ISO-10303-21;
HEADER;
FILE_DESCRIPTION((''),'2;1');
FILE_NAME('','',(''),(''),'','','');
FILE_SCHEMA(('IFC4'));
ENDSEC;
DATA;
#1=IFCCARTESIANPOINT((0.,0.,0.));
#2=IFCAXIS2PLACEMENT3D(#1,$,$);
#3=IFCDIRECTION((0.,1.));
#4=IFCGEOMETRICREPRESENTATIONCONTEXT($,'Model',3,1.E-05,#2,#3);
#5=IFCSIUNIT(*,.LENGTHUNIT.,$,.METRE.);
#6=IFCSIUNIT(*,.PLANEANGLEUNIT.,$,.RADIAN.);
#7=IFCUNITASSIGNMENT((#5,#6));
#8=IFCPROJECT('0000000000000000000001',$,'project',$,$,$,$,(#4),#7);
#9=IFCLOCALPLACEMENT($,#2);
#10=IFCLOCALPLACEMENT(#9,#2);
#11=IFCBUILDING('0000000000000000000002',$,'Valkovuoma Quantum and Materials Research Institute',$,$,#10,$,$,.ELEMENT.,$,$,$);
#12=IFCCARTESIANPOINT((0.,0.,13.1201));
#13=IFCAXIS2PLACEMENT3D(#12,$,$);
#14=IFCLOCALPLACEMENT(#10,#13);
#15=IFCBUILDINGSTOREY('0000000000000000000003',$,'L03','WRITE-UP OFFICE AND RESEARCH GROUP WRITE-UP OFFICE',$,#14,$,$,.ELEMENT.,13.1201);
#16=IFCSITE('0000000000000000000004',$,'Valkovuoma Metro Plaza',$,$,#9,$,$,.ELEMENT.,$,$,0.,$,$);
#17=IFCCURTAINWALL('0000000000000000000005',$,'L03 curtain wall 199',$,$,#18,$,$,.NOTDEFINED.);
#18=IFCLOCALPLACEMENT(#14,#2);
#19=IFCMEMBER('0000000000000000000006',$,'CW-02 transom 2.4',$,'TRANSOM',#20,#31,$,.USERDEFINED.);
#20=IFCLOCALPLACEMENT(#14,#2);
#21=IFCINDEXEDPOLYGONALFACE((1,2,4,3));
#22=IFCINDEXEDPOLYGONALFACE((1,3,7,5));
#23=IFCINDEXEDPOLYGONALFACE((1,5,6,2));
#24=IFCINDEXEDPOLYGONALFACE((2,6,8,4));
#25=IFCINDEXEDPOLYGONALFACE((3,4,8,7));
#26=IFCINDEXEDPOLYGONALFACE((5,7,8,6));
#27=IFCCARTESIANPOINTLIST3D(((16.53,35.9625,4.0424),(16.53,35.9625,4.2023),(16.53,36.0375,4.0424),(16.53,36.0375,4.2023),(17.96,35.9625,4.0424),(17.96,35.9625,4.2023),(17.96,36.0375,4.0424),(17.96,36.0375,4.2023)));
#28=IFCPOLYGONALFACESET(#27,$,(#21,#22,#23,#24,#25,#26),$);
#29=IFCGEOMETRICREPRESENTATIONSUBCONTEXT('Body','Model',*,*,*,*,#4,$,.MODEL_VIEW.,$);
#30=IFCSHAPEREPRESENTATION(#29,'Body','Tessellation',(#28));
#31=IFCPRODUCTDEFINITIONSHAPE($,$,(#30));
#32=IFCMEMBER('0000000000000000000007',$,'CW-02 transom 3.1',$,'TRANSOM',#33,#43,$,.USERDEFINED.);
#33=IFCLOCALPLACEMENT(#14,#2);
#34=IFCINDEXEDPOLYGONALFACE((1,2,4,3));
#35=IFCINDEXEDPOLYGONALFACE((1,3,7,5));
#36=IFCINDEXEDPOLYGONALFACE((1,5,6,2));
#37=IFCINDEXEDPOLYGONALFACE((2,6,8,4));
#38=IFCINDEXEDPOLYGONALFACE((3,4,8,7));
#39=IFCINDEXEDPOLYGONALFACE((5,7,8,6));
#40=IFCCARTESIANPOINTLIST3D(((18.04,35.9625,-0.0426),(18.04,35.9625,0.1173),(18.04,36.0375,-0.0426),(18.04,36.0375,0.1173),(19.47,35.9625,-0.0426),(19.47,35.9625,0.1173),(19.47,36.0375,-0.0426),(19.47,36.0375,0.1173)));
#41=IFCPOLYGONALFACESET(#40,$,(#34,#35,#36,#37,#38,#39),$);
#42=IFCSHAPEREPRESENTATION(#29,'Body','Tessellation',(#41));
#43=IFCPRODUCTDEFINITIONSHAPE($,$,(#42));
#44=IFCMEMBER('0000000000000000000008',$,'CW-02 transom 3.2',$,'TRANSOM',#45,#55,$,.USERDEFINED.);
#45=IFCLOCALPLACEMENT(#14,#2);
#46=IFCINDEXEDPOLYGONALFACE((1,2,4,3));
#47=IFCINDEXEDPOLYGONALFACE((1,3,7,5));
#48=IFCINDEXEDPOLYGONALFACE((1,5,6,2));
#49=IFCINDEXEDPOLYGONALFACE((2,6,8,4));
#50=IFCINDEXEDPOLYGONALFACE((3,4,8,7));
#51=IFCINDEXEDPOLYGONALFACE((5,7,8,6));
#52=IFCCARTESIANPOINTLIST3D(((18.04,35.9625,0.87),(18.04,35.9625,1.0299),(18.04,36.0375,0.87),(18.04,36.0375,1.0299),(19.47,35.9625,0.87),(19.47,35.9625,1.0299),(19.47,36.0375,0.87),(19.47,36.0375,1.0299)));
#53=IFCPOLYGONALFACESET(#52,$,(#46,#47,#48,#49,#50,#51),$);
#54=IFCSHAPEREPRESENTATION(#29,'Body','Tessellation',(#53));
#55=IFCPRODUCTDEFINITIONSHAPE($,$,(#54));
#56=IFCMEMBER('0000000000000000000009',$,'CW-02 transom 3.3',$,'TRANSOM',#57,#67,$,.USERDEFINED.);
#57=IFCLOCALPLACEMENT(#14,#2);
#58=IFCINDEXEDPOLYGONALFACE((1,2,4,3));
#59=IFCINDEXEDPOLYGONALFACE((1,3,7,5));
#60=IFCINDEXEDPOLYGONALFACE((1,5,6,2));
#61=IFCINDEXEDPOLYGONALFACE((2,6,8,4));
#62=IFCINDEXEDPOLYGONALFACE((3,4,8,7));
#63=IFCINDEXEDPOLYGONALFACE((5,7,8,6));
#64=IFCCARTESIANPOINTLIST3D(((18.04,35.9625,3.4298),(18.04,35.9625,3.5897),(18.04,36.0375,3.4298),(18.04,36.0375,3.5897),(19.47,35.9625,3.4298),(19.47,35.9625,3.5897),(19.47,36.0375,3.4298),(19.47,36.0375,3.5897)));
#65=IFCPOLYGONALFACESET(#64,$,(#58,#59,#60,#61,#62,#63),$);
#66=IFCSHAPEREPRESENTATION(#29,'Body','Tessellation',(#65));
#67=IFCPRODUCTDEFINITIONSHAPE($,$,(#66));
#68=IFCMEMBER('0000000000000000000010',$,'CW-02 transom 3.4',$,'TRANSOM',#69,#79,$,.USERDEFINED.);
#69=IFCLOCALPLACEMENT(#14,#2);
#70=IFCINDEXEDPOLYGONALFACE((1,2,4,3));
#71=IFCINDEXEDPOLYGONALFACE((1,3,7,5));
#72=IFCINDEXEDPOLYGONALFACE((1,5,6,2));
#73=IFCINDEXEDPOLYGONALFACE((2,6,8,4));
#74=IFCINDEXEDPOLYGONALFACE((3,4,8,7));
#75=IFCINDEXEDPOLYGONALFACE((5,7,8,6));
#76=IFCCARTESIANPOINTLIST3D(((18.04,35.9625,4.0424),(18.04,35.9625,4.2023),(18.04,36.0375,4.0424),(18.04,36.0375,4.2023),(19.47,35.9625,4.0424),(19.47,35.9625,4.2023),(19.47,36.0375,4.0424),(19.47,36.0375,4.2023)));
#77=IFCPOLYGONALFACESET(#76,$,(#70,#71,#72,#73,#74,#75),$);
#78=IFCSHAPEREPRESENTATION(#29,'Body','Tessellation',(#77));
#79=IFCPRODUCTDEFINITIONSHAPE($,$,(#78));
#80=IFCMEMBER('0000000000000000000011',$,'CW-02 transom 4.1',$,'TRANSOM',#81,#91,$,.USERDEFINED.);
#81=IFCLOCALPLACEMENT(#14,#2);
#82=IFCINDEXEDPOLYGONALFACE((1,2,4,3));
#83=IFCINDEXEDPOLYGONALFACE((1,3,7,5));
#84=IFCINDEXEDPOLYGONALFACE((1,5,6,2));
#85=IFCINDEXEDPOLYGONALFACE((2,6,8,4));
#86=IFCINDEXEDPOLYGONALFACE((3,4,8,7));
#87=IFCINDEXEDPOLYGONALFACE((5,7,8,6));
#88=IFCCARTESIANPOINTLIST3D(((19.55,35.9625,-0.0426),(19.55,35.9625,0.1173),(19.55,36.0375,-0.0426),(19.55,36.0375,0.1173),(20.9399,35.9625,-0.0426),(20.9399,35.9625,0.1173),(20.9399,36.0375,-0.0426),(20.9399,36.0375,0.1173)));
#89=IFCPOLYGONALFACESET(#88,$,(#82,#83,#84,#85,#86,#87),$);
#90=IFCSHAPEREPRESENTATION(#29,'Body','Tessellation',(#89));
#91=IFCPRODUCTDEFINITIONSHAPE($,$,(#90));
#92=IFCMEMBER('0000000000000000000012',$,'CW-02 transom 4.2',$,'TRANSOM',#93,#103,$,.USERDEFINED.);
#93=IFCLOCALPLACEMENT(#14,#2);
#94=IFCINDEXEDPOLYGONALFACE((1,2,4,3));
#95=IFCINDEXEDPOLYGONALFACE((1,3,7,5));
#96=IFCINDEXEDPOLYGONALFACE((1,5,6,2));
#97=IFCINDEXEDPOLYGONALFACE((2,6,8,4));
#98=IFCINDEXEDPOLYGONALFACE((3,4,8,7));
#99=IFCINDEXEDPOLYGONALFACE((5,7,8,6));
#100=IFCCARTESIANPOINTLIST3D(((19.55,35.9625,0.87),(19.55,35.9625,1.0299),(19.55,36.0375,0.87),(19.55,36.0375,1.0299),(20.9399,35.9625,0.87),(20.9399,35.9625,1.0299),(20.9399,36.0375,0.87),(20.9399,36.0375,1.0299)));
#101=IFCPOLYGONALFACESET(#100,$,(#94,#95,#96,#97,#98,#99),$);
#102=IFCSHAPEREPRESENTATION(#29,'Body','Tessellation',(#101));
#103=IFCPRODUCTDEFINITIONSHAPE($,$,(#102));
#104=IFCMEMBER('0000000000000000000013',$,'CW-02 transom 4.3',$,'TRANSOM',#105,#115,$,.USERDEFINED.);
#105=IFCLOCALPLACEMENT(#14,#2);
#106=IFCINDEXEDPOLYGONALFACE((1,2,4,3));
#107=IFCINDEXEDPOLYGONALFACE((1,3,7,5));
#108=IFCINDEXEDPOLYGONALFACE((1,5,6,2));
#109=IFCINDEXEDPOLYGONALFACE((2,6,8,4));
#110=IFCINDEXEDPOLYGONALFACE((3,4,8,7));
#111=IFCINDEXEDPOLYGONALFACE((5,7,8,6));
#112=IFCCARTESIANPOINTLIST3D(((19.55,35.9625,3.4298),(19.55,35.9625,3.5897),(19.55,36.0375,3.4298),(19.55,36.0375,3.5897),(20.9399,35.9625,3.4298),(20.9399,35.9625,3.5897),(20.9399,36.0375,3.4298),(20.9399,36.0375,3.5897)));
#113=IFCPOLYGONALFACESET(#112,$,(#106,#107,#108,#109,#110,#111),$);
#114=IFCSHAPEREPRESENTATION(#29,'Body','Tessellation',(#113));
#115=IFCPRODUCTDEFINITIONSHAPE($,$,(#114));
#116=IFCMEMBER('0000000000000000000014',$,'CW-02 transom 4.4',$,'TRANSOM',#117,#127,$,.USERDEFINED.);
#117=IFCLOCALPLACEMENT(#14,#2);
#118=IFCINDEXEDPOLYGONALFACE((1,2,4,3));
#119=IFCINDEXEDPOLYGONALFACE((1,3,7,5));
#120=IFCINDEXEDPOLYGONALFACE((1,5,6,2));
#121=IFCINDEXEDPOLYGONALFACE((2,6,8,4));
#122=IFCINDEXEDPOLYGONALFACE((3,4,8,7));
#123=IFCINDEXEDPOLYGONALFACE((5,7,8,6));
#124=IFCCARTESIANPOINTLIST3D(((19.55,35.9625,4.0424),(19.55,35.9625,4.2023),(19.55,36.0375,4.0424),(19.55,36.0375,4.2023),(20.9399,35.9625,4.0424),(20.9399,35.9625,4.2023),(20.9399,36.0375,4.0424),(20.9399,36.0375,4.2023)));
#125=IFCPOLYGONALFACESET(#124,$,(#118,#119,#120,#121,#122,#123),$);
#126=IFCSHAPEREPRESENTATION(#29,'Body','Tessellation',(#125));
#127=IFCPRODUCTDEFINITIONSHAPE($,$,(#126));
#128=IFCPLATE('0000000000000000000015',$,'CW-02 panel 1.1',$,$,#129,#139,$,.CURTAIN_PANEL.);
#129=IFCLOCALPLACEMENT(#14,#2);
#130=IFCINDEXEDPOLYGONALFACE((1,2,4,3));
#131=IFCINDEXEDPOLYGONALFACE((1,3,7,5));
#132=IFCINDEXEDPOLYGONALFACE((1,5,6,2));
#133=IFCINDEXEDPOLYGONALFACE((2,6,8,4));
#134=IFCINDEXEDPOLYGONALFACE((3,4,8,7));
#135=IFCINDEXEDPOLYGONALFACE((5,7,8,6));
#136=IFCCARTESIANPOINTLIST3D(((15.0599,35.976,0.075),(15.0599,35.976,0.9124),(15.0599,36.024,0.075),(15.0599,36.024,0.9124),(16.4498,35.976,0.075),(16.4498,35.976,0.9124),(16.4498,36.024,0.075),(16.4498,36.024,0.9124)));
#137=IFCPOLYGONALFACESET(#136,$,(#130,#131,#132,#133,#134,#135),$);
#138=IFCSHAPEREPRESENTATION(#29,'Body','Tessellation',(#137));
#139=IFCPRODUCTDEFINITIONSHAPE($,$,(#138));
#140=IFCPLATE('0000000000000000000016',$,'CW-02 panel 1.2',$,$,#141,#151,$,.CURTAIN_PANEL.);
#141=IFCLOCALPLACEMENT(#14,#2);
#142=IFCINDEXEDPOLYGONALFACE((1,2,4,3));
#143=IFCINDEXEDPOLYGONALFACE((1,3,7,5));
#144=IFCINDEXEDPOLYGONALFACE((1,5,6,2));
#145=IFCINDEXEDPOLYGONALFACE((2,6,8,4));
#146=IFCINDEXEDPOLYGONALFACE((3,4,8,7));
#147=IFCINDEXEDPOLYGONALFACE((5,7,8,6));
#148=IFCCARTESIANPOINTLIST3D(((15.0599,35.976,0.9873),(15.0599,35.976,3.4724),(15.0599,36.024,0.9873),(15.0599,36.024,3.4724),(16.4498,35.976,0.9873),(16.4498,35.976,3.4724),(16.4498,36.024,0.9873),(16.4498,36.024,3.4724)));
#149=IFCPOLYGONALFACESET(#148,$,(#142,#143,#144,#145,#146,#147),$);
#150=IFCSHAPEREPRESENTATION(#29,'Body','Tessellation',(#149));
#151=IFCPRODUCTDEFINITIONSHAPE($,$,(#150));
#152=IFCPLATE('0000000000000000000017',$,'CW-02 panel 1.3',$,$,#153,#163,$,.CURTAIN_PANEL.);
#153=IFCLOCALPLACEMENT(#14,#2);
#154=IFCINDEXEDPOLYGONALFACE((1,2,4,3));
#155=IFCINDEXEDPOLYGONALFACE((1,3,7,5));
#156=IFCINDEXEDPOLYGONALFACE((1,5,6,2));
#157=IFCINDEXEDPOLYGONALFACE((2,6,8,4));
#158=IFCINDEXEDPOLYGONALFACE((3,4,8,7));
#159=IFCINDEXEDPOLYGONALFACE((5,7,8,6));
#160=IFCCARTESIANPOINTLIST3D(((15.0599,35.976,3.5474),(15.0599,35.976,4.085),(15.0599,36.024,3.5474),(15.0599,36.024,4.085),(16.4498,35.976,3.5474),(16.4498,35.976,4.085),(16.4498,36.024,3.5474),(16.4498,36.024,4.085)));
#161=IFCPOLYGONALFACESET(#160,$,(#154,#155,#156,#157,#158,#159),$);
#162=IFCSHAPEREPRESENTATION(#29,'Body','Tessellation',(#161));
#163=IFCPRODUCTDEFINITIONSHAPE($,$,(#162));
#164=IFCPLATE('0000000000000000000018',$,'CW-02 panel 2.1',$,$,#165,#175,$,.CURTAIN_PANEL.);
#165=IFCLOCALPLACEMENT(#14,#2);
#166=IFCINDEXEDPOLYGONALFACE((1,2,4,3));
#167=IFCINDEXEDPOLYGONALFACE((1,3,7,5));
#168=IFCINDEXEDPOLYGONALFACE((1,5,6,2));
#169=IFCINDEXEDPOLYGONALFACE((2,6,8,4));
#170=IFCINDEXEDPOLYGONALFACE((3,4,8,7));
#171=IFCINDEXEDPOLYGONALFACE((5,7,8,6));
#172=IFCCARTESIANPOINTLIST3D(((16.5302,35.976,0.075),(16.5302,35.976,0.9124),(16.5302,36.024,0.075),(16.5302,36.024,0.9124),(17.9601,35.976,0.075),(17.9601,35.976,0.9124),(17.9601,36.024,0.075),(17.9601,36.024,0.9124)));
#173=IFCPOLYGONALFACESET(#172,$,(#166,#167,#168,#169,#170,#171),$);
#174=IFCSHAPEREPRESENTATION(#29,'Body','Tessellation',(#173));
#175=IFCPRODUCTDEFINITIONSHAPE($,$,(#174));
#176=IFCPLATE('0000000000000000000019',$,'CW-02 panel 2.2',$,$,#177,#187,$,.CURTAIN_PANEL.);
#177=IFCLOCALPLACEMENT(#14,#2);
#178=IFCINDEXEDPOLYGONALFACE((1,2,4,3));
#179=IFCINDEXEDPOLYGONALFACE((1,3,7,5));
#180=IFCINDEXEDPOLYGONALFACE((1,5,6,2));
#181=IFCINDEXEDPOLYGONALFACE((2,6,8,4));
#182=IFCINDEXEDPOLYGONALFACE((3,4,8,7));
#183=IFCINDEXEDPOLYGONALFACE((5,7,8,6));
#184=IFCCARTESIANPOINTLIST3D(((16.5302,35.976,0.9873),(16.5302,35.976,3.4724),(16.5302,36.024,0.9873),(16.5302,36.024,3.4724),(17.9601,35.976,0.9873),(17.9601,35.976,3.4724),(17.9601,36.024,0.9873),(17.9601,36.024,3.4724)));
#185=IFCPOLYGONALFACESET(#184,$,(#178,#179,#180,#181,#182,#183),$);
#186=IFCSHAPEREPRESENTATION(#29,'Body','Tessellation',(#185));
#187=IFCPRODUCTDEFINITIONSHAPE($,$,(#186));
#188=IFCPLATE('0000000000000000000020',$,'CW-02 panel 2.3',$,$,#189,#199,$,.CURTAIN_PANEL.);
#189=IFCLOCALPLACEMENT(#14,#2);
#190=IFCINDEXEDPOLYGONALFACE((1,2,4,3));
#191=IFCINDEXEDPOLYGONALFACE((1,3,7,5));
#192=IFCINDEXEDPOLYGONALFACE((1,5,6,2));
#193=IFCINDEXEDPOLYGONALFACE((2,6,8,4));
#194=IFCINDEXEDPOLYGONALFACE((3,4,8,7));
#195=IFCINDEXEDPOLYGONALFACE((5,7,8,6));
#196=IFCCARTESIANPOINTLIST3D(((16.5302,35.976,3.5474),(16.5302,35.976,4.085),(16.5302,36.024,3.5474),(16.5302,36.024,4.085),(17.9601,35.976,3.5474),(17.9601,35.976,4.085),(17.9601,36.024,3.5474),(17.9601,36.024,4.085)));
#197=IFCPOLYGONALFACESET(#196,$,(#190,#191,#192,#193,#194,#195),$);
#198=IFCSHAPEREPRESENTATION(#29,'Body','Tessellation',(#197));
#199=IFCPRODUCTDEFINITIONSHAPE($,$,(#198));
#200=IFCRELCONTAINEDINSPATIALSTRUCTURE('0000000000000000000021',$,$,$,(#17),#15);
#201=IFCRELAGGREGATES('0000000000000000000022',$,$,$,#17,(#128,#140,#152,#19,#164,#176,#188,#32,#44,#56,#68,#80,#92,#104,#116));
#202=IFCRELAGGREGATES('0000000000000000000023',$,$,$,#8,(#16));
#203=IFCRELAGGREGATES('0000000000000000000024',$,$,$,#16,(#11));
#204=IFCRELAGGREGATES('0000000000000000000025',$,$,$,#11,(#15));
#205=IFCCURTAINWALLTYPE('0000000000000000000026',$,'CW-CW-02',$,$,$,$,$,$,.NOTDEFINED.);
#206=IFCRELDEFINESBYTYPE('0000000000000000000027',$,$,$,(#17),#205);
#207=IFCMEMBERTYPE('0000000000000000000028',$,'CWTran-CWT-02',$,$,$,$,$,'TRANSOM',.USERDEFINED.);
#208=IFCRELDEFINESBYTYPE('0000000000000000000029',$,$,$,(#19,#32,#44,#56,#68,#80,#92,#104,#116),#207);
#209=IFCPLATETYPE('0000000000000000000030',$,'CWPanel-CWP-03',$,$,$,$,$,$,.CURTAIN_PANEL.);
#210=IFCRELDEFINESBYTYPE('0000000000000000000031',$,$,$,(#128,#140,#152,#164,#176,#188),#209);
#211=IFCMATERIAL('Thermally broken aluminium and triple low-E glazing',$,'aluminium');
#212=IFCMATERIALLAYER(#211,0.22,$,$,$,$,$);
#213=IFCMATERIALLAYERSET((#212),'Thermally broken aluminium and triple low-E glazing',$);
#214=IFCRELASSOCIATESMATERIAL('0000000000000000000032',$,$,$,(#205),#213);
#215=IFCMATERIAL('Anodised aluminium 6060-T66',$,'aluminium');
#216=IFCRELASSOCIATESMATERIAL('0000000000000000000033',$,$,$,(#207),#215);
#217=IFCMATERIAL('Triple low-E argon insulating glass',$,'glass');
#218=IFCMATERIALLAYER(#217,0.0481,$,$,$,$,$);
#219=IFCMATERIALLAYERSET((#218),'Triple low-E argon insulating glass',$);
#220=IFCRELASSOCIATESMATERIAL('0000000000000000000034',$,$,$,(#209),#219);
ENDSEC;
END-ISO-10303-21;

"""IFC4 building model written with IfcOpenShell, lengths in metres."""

from ifc_helpers import new_model, si_unit, direction, frame, origin, origin_2d, place, context, subcontext, project, spatial, rectangle, extrude, material, layer, layer_set, material_profile, profile_set, type_object, element, aggregate, save


model = new_model("IFC4")

# Units and contexts
model_context = context("Model", 3, precision=1e-05, world=origin(), true_north=direction((0.0, 1.0)))
body_context = subcontext(model_context, "Body", "Model", "MODEL_VIEW")
ifc_project = project(units=[si_unit("LENGTHUNIT", "METRE"), si_unit("PLANEANGLEUNIT", "RADIAN")], contexts=[model_context])

# Site, building, storey
site_placement = place(None, origin())
site = spatial("IfcSite", under=ifc_project, at=site_placement, Name="Valkovuoma Metro Plaza", CompositionType="ELEMENT", RefElevation=0.0)
building_placement = place(site_placement, origin())
building = spatial("IfcBuilding", under=site, at=building_placement, Name="Valkovuoma Quantum and Materials Research Institute", CompositionType="ELEMENT")
storey_placement = place(building_placement, frame((0.0, 0.0, 13.1201)))
storey = spatial("IfcBuildingStorey", under=building, at=storey_placement, Name="L03", Description="WRITE-UP OFFICE AND RESEARCH GROUP WRITE-UP OFFICE", CompositionType="ELEMENT", Elevation=13.1201)

# Curtain wall, members, plates
ifc_material_1 = material(Name="Thermally broken aluminium and triple low-E glazing", Category="aluminium")
ifc_layer_1 = layer(ifc_material_1, 0.22)
ifc_layer_set_1 = layer_set([ifc_layer_1], Name="Thermally broken aluminium and triple low-E glazing")
curtain_wall_type = type_object("IfcCurtainWallType", Name="CW-CW-02", PredefinedType="NOTDEFINED", material=ifc_layer_set_1)
curtain_wall_placement = place(storey_placement, origin())
curtain_wall = element("IfcCurtainWall", 1, at=curtain_wall_placement, inside=storey, type_object=curtain_wall_type, Name="L03 curtain wall 199", PredefinedType="NOTDEFINED")
ifc_material_2 = material(Name="Anodised aluminium 6060-T66", Category="aluminium")
ifc_material_profile_1 = material_profile(ifc_material_2, rectangle(XDim=0.075, YDim=0.1599, at=origin_2d()), Name="Anodised aluminium 6060-T66")
ifc_profile_set_1 = profile_set([ifc_material_profile_1], Name="Anodised aluminium 6060-T66")
member_type_1 = type_object("IfcMemberType", Name="CWTran-CWT-02", ElementType="TRANSOM", PredefinedType="USERDEFINED", material=ifc_profile_set_1)
member_1_placement = place(storey_placement, frame((16.53, 36.0, 4.1223), z_axis=(1.0, 0.0, 0.0), x_axis=(0.0, 1.0, 0.0)))
member_1 = element("IfcMember", 2, at=member_1_placement, type_object=member_type_1, Name="CW-02 transom 2.4", ObjectType="TRANSOM", PredefinedType="USERDEFINED", context=body_context, shape_type="SweptSolid", body=[
    extrude(rectangle(XDim=0.075, YDim=0.1599, at=origin_2d()), origin(), (0.0, 0.0, 1.0), 1.4299),
])
member_2_placement = place(storey_placement, frame((18.04, 36.0, 0.0374), z_axis=(1.0, 0.0, 0.0), x_axis=(0.0, 1.0, 0.0)))
member_2 = element("IfcMember", 3, at=member_2_placement, type_object=member_type_1, Name="CW-02 transom 3.1", ObjectType="TRANSOM", PredefinedType="USERDEFINED", context=body_context, shape_type="SweptSolid", body=[
    extrude(rectangle(XDim=0.075, YDim=0.1599, at=origin_2d()), origin(), (0.0, 0.0, 1.0), 1.4299),
])
member_3_placement = place(storey_placement, frame((18.04, 36.0, 0.95), z_axis=(1.0, 0.0, 0.0), x_axis=(0.0, 1.0, 0.0)))
member_3 = element("IfcMember", 4, at=member_3_placement, type_object=member_type_1, Name="CW-02 transom 3.2", ObjectType="TRANSOM", PredefinedType="USERDEFINED", context=body_context, shape_type="SweptSolid", body=[
    extrude(rectangle(XDim=0.075, YDim=0.1599, at=origin_2d()), origin(), (0.0, 0.0, 1.0), 1.4299),
])
member_4_placement = place(storey_placement, frame((18.04, 36.0, 3.5098), z_axis=(1.0, 0.0, 0.0), x_axis=(0.0, 1.0, 0.0)))
member_4 = element("IfcMember", 5, at=member_4_placement, type_object=member_type_1, Name="CW-02 transom 3.3", ObjectType="TRANSOM", PredefinedType="USERDEFINED", context=body_context, shape_type="SweptSolid", body=[
    extrude(rectangle(XDim=0.075, YDim=0.1599, at=origin_2d()), origin(), (0.0, 0.0, 1.0), 1.4299),
])
member_5_placement = place(storey_placement, frame((18.04, 36.0, 4.1223), z_axis=(1.0, 0.0, 0.0), x_axis=(0.0, 1.0, 0.0)))
member_5 = element("IfcMember", 6, at=member_5_placement, type_object=member_type_1, Name="CW-02 transom 3.4", ObjectType="TRANSOM", PredefinedType="USERDEFINED", context=body_context, shape_type="SweptSolid", body=[
    extrude(rectangle(XDim=0.075, YDim=0.1599, at=origin_2d()), origin(), (0.0, 0.0, 1.0), 1.4299),
])
member_6_placement = place(storey_placement, frame((19.55, 36.0, 0.0374), z_axis=(1.0, 0.0, 0.0), x_axis=(0.0, 1.0, 0.0)))
member_6 = element("IfcMember", 7, at=member_6_placement, type_object=member_type_1, Name="CW-02 transom 4.1", ObjectType="TRANSOM", PredefinedType="USERDEFINED", context=body_context, shape_type="SweptSolid", body=[
    extrude(rectangle(XDim=0.075, YDim=0.1599, at=origin_2d()), origin(), (0.0, 0.0, 1.0), 1.3899),
])
member_7_placement = place(storey_placement, frame((19.55, 36.0, 0.95), z_axis=(1.0, 0.0, 0.0), x_axis=(0.0, 1.0, 0.0)))
member_7 = element("IfcMember", 8, at=member_7_placement, type_object=member_type_1, Name="CW-02 transom 4.2", ObjectType="TRANSOM", PredefinedType="USERDEFINED", context=body_context, shape_type="SweptSolid", body=[
    extrude(rectangle(XDim=0.075, YDim=0.1599, at=origin_2d()), origin(), (0.0, 0.0, 1.0), 1.3899),
])
member_8_placement = place(storey_placement, frame((19.55, 36.0, 3.5098), z_axis=(1.0, 0.0, 0.0), x_axis=(0.0, 1.0, 0.0)))
member_8 = element("IfcMember", 9, at=member_8_placement, type_object=member_type_1, Name="CW-02 transom 4.3", ObjectType="TRANSOM", PredefinedType="USERDEFINED", context=body_context, shape_type="SweptSolid", body=[
    extrude(rectangle(XDim=0.075, YDim=0.1599, at=origin_2d()), origin(), (0.0, 0.0, 1.0), 1.3899),
])
member_9_placement = place(storey_placement, frame((19.55, 36.0, 4.1223), z_axis=(1.0, 0.0, 0.0), x_axis=(0.0, 1.0, 0.0)))
member_9 = element("IfcMember", 10, at=member_9_placement, type_object=member_type_1, Name="CW-02 transom 4.4", ObjectType="TRANSOM", PredefinedType="USERDEFINED", context=body_context, shape_type="SweptSolid", body=[
    extrude(rectangle(XDim=0.075, YDim=0.1599, at=origin_2d()), origin(), (0.0, 0.0, 1.0), 1.3899),
])
ifc_material_3 = material(Name="Triple low-E argon insulating glass", Category="glass")
ifc_layer_2 = layer(ifc_material_3, 0.0481)
ifc_layer_set_2 = layer_set([ifc_layer_2], Name="Triple low-E argon insulating glass")
plate_type = type_object("IfcPlateType", Name="CWPanel-CWP-03", PredefinedType="CURTAIN_PANEL", material=ifc_layer_set_2)
plate_1_placement = place(storey_placement, frame((15.7549, 36.0, 0.075), z_axis=(0.0, 0.0, 1.0), x_axis=(1.0, 0.0, 0.0)))
plate_1 = element("IfcPlate", 11, at=plate_1_placement, type_object=plate_type, Name="CW-02 panel 1.1", PredefinedType="CURTAIN_PANEL", context=body_context, shape_type="SweptSolid", body=[
    extrude(rectangle(XDim=1.3899, YDim=0.0481, at=origin_2d()), origin(), (0.0, 0.0, 1.0), 0.8374),
])
plate_2_placement = place(storey_placement, frame((15.7549, 36.0, 0.9873), z_axis=(0.0, 0.0, 1.0), x_axis=(1.0, 0.0, 0.0)))
plate_2 = element("IfcPlate", 12, at=plate_2_placement, type_object=plate_type, Name="CW-02 panel 1.2", PredefinedType="CURTAIN_PANEL", context=body_context, shape_type="SweptSolid", body=[
    extrude(rectangle(XDim=1.3899, YDim=0.0481, at=origin_2d()), origin(), (0.0, 0.0, 1.0), 2.4851),
])
plate_3_placement = place(storey_placement, frame((15.7549, 36.0, 3.5474), z_axis=(0.0, 0.0, 1.0), x_axis=(1.0, 0.0, 0.0)))
plate_3 = element("IfcPlate", 13, at=plate_3_placement, type_object=plate_type, Name="CW-02 panel 1.3", PredefinedType="CURTAIN_PANEL", context=body_context, shape_type="SweptSolid", body=[
    extrude(rectangle(XDim=1.3899, YDim=0.0481, at=origin_2d()), origin(), (0.0, 0.0, 1.0), 0.5376),
])
plate_4_placement = place(storey_placement, frame((17.2451, 36.0, 0.075), z_axis=(0.0, 0.0, 1.0), x_axis=(1.0, 0.0, 0.0)))
plate_4 = element("IfcPlate", 14, at=plate_4_placement, type_object=plate_type, Name="CW-02 panel 2.1", PredefinedType="CURTAIN_PANEL", context=body_context, shape_type="SweptSolid", body=[
    extrude(rectangle(XDim=1.4299, YDim=0.0481, at=origin_2d()), origin(), (0.0, 0.0, 1.0), 0.8374),
])
plate_5_placement = place(storey_placement, frame((17.2451, 36.0, 0.9873), z_axis=(0.0, 0.0, 1.0), x_axis=(1.0, 0.0, 0.0)))
plate_5 = element("IfcPlate", 15, at=plate_5_placement, type_object=plate_type, Name="CW-02 panel 2.2", PredefinedType="CURTAIN_PANEL", context=body_context, shape_type="SweptSolid", body=[
    extrude(rectangle(XDim=1.4299, YDim=0.0481, at=origin_2d()), origin(), (0.0, 0.0, 1.0), 2.4851),
])
plate_6_placement = place(storey_placement, frame((17.2451, 36.0, 3.5474), z_axis=(0.0, 0.0, 1.0), x_axis=(1.0, 0.0, 0.0)))
plate_6 = element("IfcPlate", 16, at=plate_6_placement, type_object=plate_type, Name="CW-02 panel 2.3", PredefinedType="CURTAIN_PANEL", context=body_context, shape_type="SweptSolid", body=[
    extrude(rectangle(XDim=1.4299, YDim=0.0481, at=origin_2d()), origin(), (0.0, 0.0, 1.0), 0.5376),
])
aggregate(curtain_wall, [plate_1, plate_2, plate_3, member_1, plate_4, plate_5, plate_6, member_2, member_3, member_4, member_5, member_6, member_7, member_8, member_9])

save(model, "model.ifc")
